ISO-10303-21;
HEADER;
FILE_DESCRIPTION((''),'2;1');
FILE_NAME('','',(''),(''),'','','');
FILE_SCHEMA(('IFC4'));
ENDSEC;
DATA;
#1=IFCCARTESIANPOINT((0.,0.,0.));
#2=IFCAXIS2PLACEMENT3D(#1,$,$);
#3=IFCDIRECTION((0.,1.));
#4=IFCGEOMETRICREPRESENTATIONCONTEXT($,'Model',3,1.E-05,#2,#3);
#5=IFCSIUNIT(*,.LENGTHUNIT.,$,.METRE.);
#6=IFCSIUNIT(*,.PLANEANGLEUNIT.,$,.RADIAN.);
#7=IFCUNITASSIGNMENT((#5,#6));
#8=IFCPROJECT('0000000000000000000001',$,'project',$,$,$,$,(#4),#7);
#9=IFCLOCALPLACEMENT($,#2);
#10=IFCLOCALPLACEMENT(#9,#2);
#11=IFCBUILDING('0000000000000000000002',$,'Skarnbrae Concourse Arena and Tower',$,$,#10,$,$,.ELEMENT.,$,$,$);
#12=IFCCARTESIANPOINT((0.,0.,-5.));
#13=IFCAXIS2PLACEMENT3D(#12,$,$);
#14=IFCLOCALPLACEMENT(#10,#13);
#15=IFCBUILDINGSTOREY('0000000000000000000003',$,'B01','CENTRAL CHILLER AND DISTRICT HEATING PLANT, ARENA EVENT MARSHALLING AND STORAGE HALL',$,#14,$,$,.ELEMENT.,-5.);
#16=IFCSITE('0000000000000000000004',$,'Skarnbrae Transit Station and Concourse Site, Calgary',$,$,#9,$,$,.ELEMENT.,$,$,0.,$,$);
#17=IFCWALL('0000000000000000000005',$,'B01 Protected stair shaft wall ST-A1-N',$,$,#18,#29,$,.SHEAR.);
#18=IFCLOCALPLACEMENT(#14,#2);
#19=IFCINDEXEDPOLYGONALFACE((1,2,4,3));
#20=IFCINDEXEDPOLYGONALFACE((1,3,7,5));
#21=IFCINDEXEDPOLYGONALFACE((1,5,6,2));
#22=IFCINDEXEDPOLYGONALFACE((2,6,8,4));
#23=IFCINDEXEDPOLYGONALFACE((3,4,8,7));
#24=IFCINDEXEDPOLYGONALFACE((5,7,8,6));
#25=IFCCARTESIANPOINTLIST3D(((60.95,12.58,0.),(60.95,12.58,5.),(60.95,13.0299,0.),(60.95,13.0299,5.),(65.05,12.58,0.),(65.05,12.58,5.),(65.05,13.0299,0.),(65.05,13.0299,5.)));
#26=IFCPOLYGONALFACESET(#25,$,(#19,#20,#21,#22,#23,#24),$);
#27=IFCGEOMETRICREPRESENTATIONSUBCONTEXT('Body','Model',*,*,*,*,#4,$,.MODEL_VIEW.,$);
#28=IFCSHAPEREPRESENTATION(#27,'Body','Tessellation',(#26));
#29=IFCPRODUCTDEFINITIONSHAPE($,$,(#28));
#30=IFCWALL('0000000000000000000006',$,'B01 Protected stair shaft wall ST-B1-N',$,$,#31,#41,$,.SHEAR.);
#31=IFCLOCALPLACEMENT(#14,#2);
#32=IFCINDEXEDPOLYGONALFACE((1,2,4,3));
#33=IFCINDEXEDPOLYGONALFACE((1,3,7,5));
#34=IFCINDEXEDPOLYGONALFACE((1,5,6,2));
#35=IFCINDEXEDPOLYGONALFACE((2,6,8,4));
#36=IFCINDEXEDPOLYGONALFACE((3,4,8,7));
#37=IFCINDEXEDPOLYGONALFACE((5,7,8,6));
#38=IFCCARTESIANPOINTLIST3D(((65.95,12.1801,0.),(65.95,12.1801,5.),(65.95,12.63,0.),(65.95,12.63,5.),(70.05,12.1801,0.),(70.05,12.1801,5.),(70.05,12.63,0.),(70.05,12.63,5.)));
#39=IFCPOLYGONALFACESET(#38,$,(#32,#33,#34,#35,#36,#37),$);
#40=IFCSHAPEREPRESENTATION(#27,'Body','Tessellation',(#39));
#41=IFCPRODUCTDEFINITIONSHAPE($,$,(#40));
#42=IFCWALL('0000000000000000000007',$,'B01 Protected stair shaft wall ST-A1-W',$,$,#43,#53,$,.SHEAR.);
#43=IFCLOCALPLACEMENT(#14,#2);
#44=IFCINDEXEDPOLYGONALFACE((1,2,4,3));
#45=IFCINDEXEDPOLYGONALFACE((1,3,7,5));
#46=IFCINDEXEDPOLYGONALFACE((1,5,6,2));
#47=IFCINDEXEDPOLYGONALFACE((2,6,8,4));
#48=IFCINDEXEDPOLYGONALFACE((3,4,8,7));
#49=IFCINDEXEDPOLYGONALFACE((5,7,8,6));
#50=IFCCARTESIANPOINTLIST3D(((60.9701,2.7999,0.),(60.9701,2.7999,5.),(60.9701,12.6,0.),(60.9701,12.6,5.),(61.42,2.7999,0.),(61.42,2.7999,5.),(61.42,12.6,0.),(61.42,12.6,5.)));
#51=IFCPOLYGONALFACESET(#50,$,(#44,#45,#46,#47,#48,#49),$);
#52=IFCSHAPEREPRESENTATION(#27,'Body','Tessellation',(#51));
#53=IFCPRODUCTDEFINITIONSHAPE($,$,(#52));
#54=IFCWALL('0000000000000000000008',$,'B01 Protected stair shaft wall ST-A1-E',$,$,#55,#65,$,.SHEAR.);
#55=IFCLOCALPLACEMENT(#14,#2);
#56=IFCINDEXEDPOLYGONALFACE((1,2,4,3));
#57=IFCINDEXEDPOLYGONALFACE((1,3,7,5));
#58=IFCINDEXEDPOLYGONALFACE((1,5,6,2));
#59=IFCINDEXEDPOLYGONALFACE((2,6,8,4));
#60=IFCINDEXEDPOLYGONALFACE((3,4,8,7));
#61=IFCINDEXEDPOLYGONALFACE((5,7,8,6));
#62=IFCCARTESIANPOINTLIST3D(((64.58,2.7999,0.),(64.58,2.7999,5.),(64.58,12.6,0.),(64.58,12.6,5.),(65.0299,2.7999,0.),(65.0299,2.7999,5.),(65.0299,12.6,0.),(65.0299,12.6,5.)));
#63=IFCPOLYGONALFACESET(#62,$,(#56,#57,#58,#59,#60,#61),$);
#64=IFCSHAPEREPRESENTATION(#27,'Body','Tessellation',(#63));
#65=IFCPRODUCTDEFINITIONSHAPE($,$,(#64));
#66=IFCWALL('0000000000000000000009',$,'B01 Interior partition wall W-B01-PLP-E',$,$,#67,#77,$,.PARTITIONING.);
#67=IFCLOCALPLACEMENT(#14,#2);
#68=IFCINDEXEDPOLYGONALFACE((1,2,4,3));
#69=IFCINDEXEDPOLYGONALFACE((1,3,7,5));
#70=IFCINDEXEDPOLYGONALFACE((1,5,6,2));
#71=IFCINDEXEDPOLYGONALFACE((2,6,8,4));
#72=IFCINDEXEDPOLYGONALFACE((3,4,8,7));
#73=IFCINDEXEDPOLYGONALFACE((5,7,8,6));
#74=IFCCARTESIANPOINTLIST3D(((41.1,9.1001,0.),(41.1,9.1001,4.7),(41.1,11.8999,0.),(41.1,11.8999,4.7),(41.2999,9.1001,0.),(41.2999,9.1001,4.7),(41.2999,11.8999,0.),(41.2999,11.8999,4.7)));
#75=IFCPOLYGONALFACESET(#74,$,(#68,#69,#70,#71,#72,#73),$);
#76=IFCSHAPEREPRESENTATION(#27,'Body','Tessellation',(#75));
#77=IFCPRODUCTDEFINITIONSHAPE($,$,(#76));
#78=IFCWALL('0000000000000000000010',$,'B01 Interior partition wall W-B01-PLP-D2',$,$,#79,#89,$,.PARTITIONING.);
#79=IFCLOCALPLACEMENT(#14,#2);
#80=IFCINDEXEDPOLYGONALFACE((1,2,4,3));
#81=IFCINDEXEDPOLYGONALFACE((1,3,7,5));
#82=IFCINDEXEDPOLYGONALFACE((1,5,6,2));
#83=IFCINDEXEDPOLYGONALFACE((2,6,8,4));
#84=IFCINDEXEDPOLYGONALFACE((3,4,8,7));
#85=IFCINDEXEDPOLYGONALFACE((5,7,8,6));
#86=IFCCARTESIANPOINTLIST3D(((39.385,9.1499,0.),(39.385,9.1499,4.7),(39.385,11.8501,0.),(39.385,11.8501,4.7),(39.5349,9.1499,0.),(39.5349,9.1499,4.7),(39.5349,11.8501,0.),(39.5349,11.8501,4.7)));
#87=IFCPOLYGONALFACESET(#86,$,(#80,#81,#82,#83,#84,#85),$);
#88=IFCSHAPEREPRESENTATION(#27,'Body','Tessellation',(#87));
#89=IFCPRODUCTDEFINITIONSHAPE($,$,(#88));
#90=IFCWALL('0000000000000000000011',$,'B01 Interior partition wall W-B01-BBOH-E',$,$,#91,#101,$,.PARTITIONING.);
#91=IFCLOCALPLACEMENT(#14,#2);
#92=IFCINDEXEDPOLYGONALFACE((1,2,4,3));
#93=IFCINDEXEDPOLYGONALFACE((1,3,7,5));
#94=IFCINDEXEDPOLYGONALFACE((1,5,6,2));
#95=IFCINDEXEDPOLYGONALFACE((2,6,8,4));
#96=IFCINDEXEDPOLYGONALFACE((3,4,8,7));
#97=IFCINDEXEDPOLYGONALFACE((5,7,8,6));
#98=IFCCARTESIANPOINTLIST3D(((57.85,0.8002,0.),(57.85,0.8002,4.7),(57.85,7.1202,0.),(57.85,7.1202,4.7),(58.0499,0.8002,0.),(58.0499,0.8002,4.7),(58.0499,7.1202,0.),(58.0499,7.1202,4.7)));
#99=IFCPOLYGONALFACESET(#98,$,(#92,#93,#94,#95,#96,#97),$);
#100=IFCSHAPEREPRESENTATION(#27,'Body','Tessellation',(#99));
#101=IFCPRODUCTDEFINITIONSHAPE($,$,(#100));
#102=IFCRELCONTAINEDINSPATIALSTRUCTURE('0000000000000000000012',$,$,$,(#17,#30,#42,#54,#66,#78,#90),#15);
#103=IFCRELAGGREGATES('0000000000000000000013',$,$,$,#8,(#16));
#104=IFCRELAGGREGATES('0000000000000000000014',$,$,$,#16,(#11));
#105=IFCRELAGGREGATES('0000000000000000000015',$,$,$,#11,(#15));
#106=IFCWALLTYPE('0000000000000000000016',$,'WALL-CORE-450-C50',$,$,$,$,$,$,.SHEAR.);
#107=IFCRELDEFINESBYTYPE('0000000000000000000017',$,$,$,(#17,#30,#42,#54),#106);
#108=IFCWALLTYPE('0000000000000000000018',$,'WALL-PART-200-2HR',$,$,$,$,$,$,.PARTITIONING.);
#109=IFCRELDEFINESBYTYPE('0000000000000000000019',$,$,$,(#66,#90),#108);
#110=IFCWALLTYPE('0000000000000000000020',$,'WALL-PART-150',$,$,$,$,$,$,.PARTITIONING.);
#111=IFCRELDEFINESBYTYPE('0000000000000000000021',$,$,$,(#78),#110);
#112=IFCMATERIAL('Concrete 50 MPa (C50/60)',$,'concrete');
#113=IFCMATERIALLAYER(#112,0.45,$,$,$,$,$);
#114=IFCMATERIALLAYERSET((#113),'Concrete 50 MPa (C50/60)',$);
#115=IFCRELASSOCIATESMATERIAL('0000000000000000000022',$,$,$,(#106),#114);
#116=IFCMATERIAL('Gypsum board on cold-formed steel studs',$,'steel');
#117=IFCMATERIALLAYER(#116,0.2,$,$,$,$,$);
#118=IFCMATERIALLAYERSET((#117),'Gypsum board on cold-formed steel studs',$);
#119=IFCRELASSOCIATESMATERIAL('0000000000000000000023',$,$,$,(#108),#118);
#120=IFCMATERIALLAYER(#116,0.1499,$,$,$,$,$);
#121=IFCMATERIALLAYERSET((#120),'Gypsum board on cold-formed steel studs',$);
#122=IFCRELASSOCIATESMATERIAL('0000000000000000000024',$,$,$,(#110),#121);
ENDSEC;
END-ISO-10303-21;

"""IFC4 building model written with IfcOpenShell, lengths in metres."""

from ifc_helpers import new_model, si_unit, direction, frame, frame_2d, origin, place, context, subcontext, project, spatial, rectangle, extrude, source, transform, mapped, material, layer, layer_set, type_object, element, save


model = new_model("IFC4")

# Units and contexts
model_context = context("Model", 3, precision=1e-05, world=origin(), true_north=direction((0.0, 1.0)))
body_context = subcontext(model_context, "Body", "Model", "MODEL_VIEW")
ifc_project = project(units=[si_unit("LENGTHUNIT", "METRE"), si_unit("PLANEANGLEUNIT", "RADIAN")], contexts=[model_context])

# Site, building, storey
site_placement = place(None, origin())
site = spatial("IfcSite", under=ifc_project, at=site_placement, Name="Skarnbrae Transit Station and Concourse Site, Calgary", CompositionType="ELEMENT", RefElevation=0.0)
building_placement = place(site_placement, origin())
building = spatial("IfcBuilding", under=site, at=building_placement, Name="Skarnbrae Concourse Arena and Tower", CompositionType="ELEMENT")
storey_placement = place(building_placement, frame((0.0, 0.0, -5.0)))
storey = spatial("IfcBuildingStorey", under=building, at=storey_placement, Name="B01", Description="CENTRAL CHILLER AND DISTRICT HEATING PLANT, ARENA EVENT MARSHALLING AND STORAGE HALL", CompositionType="ELEMENT", Elevation=-5.0)

# Wall
ifc_material_1 = material(Name="Concrete 50 MPa (C50/60)", Category="concrete")
ifc_layer_1 = layer(ifc_material_1, 0.45)
ifc_layer_set_1 = layer_set([ifc_layer_1], Name="Concrete 50 MPa (C50/60)")
wall_type_1 = type_object("IfcWallType", Name="WALL-CORE-450-C50", PredefinedType="SHEAR", material=ifc_layer_set_1)
shared_shape_1 = source(origin(), body_context, "Body", "SweptSolid", [
    extrude(rectangle(XDim=4.1001, YDim=0.45, at=frame_2d((2.05, 0.0))), origin(), (0.0, 0.0, 1.0), 5.0),
])
for number, where, z_axis, x_axis, name in (
    (1, (60.95, 12.8049, 0.0), (0.0, 0.0, 1.0), (1.0, 0.0, 0.0), "B01 Protected stair shaft wall ST-A1-N"),
):
    element("IfcWall", number, at=place(storey_placement, frame(where, z_axis=z_axis, x_axis=x_axis)), inside=storey, type_object=wall_type_1, Name=name, PredefinedType="SHEAR", context=body_context, shape_type="MappedRepresentation", body=[
        mapped(shared_shape_1, transform((0.0, 0.0, 0.0))),
    ])

# Walls
wall_1_placement = place(storey_placement, frame((65.95, 12.405, 0.0), z_axis=(0.0, 0.0, 1.0), x_axis=(1.0, 0.0, 0.0)))
element("IfcWall", 2, at=wall_1_placement, inside=storey, type_object=wall_type_1, Name="B01 Protected stair shaft wall ST-B1-N", PredefinedType="SHEAR", context=body_context, shape_type="MappedRepresentation", body=[
    mapped(shared_shape_1, transform((0.0, 0.0, 0.0))),
])
shared_shape_2 = source(origin(), body_context, "Body", "SweptSolid", [
    extrude(rectangle(XDim=9.8, YDim=0.45, at=frame_2d((4.8999, 0.0))), origin(), (0.0, 0.0, 1.0), 5.0),
])
for number, where, z_axis, x_axis, name in (
    (3, (61.1951, 2.8, 0.0), (0.0, 0.0, 1.0), (0.0, 1.0, 0.0), "B01 Protected stair shaft wall ST-A1-W"),
    (4, (64.8049, 2.8, 0.0), (0.0, 0.0, 1.0), (0.0, 1.0, 0.0), "B01 Protected stair shaft wall ST-A1-E"),
):
    element("IfcWall", number, at=place(storey_placement, frame(where, z_axis=z_axis, x_axis=x_axis)), inside=storey, type_object=wall_type_1, Name=name, PredefinedType="SHEAR", context=body_context, shape_type="MappedRepresentation", body=[
        mapped(shared_shape_2, transform((0.0, 0.0, 0.0))),
    ])
ifc_material_2 = material(Name="Gypsum board on cold-formed steel studs", Category="steel")
ifc_layer_2 = layer(ifc_material_2, 0.2)
ifc_layer_set_2 = layer_set([ifc_layer_2], Name="Gypsum board on cold-formed steel studs")
wall_type_2 = type_object("IfcWallType", Name="WALL-PART-200-2HR", PredefinedType="PARTITIONING", material=ifc_layer_set_2)
shared_shape_3 = source(origin(), body_context, "Body", "SweptSolid", [
    extrude(rectangle(XDim=2.7998, YDim=0.2, at=frame_2d((1.3999, 0.0))), origin(), (0.0, 0.0, 1.0), 4.7),
])
wall_2_placement = place(storey_placement, frame((41.2, 9.1001, 0.0), z_axis=(0.0, 0.0, 1.0), x_axis=(0.0, 1.0, 0.0)))
element("IfcWall", 5, at=wall_2_placement, inside=storey, type_object=wall_type_2, Name="B01 Interior partition wall W-B01-PLP-E", PredefinedType="PARTITIONING", context=body_context, shape_type="MappedRepresentation", body=[
    mapped(shared_shape_3, transform((0.0, 0.0, 0.0))),
])
ifc_layer_3 = layer(ifc_material_2, 0.1499)
ifc_layer_set_3 = layer_set([ifc_layer_3], Name="Gypsum board on cold-formed steel studs")
wall_type_3 = type_object("IfcWallType", Name="WALL-PART-150", PredefinedType="PARTITIONING", material=ifc_layer_set_3)
shared_shape_4 = source(origin(), body_context, "Body", "SweptSolid", [
    extrude(rectangle(XDim=2.7002, YDim=0.1499, at=frame_2d((1.3501, 0.0))), origin(), (0.0, 0.0, 1.0), 4.7),
])
wall_3_placement = place(storey_placement, frame((39.46, 9.1499, 0.0), z_axis=(0.0, 0.0, 1.0), x_axis=(0.0, 1.0, 0.0)))
element("IfcWall", 6, at=wall_3_placement, inside=storey, type_object=wall_type_3, Name="B01 Interior partition wall W-B01-PLP-D2", PredefinedType="PARTITIONING", context=body_context, shape_type="MappedRepresentation", body=[
    mapped(shared_shape_4, transform((0.0, 0.0, 0.0))),
])
shared_shape_5 = source(origin(), body_context, "Body", "SweptSolid", [
    extrude(rectangle(XDim=6.3201, YDim=0.2, at=frame_2d((3.1602, 0.0))), origin(), (0.0, 0.0, 1.0), 4.7),
])
wall_4_placement = place(storey_placement, frame((57.95, 0.8, 0.0), z_axis=(0.0, 0.0, 1.0), x_axis=(0.0, 1.0, 0.0)))
element("IfcWall", 7, at=wall_4_placement, inside=storey, type_object=wall_type_2, Name="B01 Interior partition wall W-B01-BBOH-E", PredefinedType="PARTITIONING", context=body_context, shape_type="MappedRepresentation", body=[
    mapped(shared_shape_5, transform((0.0, 0.0, 0.0))),
])

save(model, "model.ifc")
